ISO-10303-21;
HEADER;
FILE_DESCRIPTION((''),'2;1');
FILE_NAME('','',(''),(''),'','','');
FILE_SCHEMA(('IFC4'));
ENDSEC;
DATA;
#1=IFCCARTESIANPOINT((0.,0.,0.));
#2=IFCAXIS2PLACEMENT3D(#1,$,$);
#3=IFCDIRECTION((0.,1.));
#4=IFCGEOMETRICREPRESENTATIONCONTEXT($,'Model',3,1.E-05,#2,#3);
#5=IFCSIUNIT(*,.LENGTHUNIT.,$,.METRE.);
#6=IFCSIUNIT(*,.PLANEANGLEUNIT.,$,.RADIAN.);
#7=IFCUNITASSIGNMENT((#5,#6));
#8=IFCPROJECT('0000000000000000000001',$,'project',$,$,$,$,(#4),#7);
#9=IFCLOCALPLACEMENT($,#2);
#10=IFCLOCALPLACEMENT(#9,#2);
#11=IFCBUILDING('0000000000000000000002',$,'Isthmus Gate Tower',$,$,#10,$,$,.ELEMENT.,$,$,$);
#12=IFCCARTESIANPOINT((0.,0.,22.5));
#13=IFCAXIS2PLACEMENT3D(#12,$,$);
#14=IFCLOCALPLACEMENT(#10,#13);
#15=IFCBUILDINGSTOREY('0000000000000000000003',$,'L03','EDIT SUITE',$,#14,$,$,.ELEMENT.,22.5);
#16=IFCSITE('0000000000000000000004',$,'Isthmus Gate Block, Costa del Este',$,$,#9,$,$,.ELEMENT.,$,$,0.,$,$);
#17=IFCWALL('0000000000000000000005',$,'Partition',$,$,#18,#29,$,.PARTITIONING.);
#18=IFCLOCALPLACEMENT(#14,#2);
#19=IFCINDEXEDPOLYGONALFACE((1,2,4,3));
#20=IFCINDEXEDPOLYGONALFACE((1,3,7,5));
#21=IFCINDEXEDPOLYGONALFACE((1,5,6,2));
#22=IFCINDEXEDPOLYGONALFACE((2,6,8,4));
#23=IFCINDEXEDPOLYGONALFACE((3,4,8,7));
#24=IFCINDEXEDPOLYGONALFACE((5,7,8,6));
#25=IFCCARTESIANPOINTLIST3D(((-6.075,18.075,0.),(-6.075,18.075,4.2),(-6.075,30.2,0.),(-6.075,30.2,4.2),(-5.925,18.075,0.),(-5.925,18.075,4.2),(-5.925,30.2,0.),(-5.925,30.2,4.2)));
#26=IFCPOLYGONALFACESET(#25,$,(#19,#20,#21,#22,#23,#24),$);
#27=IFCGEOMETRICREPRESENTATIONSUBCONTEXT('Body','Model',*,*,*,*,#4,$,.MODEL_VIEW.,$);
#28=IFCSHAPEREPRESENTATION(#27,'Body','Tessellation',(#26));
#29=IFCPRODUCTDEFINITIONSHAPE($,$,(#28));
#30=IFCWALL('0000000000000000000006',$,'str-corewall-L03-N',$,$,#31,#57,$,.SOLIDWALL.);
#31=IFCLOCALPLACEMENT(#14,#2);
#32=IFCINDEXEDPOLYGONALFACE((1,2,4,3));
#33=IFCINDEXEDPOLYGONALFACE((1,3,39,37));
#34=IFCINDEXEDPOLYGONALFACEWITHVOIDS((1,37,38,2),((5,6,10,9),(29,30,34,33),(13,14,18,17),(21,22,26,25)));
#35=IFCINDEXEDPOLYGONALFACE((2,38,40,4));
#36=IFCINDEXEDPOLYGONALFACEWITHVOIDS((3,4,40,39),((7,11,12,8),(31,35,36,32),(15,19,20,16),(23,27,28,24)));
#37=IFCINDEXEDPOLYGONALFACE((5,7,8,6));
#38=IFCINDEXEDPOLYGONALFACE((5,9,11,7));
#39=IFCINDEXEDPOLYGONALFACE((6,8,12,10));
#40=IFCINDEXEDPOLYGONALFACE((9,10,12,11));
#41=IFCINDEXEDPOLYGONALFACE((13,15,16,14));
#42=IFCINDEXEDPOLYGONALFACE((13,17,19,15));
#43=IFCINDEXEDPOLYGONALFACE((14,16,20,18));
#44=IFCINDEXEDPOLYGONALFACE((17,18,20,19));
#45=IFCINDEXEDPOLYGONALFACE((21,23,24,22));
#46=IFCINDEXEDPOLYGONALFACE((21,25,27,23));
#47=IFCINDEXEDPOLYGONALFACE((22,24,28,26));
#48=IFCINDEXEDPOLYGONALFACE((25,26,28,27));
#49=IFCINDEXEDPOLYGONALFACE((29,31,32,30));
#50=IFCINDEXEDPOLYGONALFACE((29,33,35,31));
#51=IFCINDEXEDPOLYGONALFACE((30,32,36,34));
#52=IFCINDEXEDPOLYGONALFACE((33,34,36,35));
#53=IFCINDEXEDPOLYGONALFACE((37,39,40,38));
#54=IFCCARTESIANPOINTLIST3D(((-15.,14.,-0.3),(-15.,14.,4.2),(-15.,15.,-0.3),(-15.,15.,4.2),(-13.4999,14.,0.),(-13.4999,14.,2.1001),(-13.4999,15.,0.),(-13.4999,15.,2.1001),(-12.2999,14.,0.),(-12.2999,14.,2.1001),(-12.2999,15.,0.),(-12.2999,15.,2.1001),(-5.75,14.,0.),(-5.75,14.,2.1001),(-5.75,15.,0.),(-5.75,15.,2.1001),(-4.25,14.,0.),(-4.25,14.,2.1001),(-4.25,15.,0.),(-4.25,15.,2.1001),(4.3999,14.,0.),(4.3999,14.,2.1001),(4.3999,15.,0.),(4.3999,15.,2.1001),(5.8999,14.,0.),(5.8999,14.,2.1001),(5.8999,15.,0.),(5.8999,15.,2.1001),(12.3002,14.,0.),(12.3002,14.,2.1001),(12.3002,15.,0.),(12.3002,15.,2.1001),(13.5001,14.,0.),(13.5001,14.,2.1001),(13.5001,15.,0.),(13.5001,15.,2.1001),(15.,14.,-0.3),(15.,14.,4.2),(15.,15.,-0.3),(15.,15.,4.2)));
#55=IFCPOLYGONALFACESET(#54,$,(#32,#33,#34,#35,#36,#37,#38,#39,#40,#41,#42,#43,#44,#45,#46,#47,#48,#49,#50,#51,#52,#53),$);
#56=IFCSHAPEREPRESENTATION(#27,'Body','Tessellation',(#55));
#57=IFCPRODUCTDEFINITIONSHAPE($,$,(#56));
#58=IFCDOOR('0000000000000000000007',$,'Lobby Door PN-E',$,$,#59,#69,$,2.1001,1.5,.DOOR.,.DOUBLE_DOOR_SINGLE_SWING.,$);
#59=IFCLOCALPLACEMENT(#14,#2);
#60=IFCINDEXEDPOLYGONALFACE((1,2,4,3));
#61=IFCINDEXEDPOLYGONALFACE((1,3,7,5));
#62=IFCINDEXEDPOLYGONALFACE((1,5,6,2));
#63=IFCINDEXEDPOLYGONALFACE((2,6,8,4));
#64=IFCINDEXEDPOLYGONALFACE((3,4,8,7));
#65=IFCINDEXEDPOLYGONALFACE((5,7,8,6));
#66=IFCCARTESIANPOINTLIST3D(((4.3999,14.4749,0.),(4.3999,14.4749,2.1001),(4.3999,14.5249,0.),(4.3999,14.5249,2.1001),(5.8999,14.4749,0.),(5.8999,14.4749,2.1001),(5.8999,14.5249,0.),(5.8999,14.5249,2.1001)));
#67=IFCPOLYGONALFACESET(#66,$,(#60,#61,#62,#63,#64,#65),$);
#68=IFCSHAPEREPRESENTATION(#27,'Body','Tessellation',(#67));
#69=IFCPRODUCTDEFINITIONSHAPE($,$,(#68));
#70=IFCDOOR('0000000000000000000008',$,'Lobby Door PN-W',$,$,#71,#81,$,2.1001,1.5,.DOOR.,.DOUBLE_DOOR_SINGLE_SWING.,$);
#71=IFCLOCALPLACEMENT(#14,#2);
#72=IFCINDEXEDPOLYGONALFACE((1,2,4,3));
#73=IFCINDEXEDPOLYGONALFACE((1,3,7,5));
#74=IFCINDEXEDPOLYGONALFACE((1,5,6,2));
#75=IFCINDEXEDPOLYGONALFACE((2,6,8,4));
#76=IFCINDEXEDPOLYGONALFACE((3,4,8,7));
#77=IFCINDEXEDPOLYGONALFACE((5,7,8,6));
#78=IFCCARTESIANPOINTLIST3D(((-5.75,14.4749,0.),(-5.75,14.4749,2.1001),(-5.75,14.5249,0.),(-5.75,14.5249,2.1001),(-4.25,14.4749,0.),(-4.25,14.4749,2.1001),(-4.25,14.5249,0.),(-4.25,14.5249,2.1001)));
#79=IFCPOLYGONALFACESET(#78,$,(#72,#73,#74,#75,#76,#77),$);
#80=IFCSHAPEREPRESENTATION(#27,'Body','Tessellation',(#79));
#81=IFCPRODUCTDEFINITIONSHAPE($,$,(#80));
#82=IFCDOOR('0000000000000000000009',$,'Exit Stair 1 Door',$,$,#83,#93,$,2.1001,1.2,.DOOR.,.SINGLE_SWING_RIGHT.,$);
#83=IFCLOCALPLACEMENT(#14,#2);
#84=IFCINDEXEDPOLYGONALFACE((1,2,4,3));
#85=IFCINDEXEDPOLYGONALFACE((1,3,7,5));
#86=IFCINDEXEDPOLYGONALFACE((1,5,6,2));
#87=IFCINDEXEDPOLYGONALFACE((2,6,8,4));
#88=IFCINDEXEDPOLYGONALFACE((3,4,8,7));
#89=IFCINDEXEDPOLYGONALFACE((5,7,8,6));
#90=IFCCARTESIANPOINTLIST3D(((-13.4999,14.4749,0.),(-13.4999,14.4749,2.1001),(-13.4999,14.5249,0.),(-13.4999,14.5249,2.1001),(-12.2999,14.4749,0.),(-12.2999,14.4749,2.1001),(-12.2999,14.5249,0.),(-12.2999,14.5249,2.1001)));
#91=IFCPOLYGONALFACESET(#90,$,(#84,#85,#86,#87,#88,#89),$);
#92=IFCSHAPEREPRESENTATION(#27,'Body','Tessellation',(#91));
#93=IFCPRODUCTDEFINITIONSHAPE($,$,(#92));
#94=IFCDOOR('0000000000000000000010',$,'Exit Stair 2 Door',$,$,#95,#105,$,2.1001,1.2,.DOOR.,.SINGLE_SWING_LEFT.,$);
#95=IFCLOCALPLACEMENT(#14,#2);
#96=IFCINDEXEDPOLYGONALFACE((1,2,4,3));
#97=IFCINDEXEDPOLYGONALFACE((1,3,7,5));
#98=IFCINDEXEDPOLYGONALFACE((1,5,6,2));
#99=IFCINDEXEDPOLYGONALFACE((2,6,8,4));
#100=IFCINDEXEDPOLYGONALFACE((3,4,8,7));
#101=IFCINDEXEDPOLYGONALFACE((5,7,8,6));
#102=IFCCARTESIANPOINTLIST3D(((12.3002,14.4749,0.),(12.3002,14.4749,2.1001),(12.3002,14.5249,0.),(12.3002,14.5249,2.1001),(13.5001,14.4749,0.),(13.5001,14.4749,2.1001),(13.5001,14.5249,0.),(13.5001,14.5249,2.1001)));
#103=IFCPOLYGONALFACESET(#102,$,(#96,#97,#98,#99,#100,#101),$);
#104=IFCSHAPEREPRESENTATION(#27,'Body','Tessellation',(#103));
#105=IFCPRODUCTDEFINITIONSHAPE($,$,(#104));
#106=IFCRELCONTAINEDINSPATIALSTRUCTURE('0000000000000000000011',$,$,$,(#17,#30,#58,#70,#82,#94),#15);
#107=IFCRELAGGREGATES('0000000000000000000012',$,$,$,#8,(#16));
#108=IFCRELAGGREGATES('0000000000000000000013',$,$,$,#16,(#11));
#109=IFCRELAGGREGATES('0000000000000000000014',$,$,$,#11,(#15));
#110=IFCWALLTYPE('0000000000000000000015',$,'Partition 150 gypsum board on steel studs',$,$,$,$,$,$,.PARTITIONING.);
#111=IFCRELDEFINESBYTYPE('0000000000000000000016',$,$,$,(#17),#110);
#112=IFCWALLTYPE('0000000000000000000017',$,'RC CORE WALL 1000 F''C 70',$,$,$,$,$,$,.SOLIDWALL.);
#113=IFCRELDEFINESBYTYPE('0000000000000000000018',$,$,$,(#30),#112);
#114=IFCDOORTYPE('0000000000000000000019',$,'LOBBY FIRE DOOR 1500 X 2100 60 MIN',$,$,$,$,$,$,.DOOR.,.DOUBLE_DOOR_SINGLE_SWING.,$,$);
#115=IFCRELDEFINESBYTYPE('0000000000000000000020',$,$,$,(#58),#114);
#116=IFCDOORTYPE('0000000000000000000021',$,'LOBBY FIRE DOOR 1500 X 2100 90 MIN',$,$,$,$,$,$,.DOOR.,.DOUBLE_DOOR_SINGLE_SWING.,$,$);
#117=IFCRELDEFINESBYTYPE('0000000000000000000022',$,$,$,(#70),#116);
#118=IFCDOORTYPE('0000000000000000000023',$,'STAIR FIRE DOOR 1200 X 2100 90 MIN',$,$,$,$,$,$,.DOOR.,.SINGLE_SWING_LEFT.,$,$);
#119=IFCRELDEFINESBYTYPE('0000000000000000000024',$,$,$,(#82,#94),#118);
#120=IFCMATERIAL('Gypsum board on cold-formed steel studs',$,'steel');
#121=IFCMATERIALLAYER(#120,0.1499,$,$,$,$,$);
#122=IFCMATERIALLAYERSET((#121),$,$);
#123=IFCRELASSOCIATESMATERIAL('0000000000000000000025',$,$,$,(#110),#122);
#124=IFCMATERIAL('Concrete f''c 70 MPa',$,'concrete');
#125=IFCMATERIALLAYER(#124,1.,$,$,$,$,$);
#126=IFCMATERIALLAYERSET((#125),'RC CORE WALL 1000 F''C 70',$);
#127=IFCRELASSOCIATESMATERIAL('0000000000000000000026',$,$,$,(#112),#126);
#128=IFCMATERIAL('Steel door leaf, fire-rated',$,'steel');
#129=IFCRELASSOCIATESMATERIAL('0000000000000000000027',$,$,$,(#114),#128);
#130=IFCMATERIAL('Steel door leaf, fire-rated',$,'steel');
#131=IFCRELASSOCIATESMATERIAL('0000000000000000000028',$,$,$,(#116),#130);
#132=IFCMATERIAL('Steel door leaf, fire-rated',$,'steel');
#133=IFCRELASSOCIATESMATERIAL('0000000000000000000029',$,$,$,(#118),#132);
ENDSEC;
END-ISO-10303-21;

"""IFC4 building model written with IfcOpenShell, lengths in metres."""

from ifc_helpers import new_model, si_unit, direction, frame, frame_2d, origin, place, context, subcontext, project, spatial, rectangle, extrude, material, layer, layer_set, type_object, element, fill, save


model = new_model("IFC4")

# Units and contexts
model_context = context("Model", 3, precision=1e-05, world=origin(), true_north=direction((0.0, 1.0)))
body_context = subcontext(model_context, "Body", "Model", "MODEL_VIEW")
ifc_project = project(units=[si_unit("LENGTHUNIT", "METRE"), si_unit("PLANEANGLEUNIT", "RADIAN")], contexts=[model_context])

# Site, building, storey
site_placement = place(None, origin())
site = spatial("IfcSite", under=ifc_project, at=site_placement, Name="Isthmus Gate Block, Costa del Este", CompositionType="ELEMENT", RefElevation=0.0)
building_placement = place(site_placement, origin())
building = spatial("IfcBuilding", under=site, at=building_placement, Name="Isthmus Gate Tower", CompositionType="ELEMENT")
storey_placement = place(building_placement, frame((0.0, 0.0, 22.5)))
storey = spatial("IfcBuildingStorey", under=building, at=storey_placement, Name="L03", Description="EDIT SUITE", CompositionType="ELEMENT", Elevation=22.5)

# Shared definitions
ifc_material_1 = material(Name="Gypsum board on cold-formed steel studs", Category="steel")
ifc_layer_1 = layer(ifc_material_1, 0.1499)
ifc_layer_set_1 = layer_set([ifc_layer_1])
wall_type_1 = type_object("IfcWallType", Name="Partition 150 gypsum board on steel studs", PredefinedType="PARTITIONING", material=ifc_layer_set_1)

# Wall
wall_1_placement = place(storey_placement, frame((-6.0, 18.075, 0.0), z_axis=(0.0, 0.0, 1.0), x_axis=(0.0, 1.0, 0.0)))
element("IfcWall", 1, at=wall_1_placement, inside=storey, type_object=wall_type_1, Name="Partition", PredefinedType="PARTITIONING", context=body_context, shape_type="SweptSolid", body=[
    extrude(rectangle(XDim=12.125, YDim=0.1499, at=frame_2d((6.0625, 0.0))), origin(), (0.0, 0.0, 1.0), 4.2),
])

# Wall, openings, doors
ifc_material_2 = material(Name="Concrete f'c 70 MPa", Category="concrete")
ifc_layer_2 = layer(ifc_material_2, 1.0)
ifc_layer_set_2 = layer_set([ifc_layer_2], Name="RC CORE WALL 1000 F'C 70")
wall_type_2 = type_object("IfcWallType", Name="RC CORE WALL 1000 F'C 70", PredefinedType="SOLIDWALL", material=ifc_layer_set_2)
wall_2_placement = place(storey_placement, frame((-15.0, 14.5, -0.3), z_axis=(0.0, 0.0, 1.0), x_axis=(1.0, 0.0, 0.0)))
wall_2 = element("IfcWall", 2, at=wall_2_placement, inside=storey, type_object=wall_type_2, Name="str-corewall-L03-N", PredefinedType="SOLIDWALL", context=body_context, shape_type="SweptSolid", body=[
    extrude(rectangle(XDim=30.0, YDim=1.0, at=frame_2d((15.0, 0.0))), origin(), (0.0, 0.0, 1.0), 4.5),
])
opening_1_placement = place(wall_2_placement, frame((9.25, 0.0, 0.3)))
opening_1 = element("IfcOpeningElement", 3, at=opening_1_placement, cuts=wall_2, PredefinedType="OPENING", context=body_context, shape_type="SweptSolid", body=[
    extrude(rectangle(XDim=1.5, YDim=2.1001, at=frame_2d((0.75, 1.05))), frame((0.0, 0.51, 0.0), z_axis=(0.0, -1.0, 0.0), x_axis=(1.0, 0.0, 0.0)), (0.0, 0.0, 1.0), 1.02),
])
opening_2_placement = place(wall_2_placement, frame((19.3999, 0.0, 0.3)))
opening_2 = element("IfcOpeningElement", 4, at=opening_2_placement, cuts=wall_2, PredefinedType="OPENING", context=body_context, shape_type="SweptSolid", body=[
    extrude(rectangle(XDim=1.5, YDim=2.1001, at=frame_2d((0.75, 1.05))), frame((0.0, 0.51, 0.0), z_axis=(0.0, -1.0, 0.0), x_axis=(1.0, 0.0, 0.0)), (0.0, 0.0, 1.0), 1.02),
])
opening_3_placement = place(wall_2_placement, frame((1.5, 0.0, 0.3)))
opening_3 = element("IfcOpeningElement", 5, at=opening_3_placement, cuts=wall_2, PredefinedType="OPENING", context=body_context, shape_type="SweptSolid", body=[
    extrude(rectangle(XDim=1.2, YDim=2.1001, at=frame_2d((0.6001, 1.05))), frame((0.0, 0.51, 0.0), z_axis=(0.0, -1.0, 0.0), x_axis=(1.0, 0.0, 0.0)), (0.0, 0.0, 1.0), 1.02),
])
opening_4_placement = place(wall_2_placement, frame((27.3, 0.0, 0.3)))
opening_4 = element("IfcOpeningElement", 6, at=opening_4_placement, cuts=wall_2, PredefinedType="OPENING", context=body_context, shape_type="SweptSolid", body=[
    extrude(rectangle(XDim=1.2, YDim=2.1001, at=frame_2d((0.6001, 1.05))), frame((0.0, 0.51, 0.0), z_axis=(0.0, -1.0, 0.0), x_axis=(1.0, 0.0, 0.0)), (0.0, 0.0, 1.0), 1.02),
])
ifc_material_3 = material(Name="Steel door leaf, fire-rated", Category="steel")
door_type_1 = type_object("IfcDoorType", Name="LOBBY FIRE DOOR 1500 X 2100 60 MIN", OperationType="DOUBLE_DOOR_SINGLE_SWING", PredefinedType="DOOR", material=ifc_material_3)
door_1_placement = place(opening_2_placement, origin())
door_1 = element("IfcDoor", 7, at=door_1_placement, inside=storey, type_object=door_type_1, Name="Lobby Door PN-E", OperationType="DOUBLE_DOOR_SINGLE_SWING", OverallHeight=2.1001, OverallWidth=1.5, PredefinedType="DOOR", context=body_context, shape_type="SweptSolid", body=[
    extrude(rectangle(XDim=1.5, YDim=2.1001, at=frame_2d((0.75, 1.05))), frame((0.0, 0.0249, 0.0), z_axis=(0.0, -1.0, 0.0), x_axis=(1.0, 0.0, 0.0)), (0.0, 0.0, 1.0), 0.05),
])
fill(opening_2, door_1)
ifc_material_4 = material(Name="Steel door leaf, fire-rated", Category="steel")
door_type_2 = type_object("IfcDoorType", Name="LOBBY FIRE DOOR 1500 X 2100 90 MIN", OperationType="DOUBLE_DOOR_SINGLE_SWING", PredefinedType="DOOR", material=ifc_material_4)
door_2_placement = place(opening_1_placement, origin())
door_2 = element("IfcDoor", 8, at=door_2_placement, inside=storey, type_object=door_type_2, Name="Lobby Door PN-W", OperationType="DOUBLE_DOOR_SINGLE_SWING", OverallHeight=2.1001, OverallWidth=1.5, PredefinedType="DOOR", context=body_context, shape_type="SweptSolid", body=[
    extrude(rectangle(XDim=1.5, YDim=2.1001, at=frame_2d((0.75, 1.05))), frame((0.0, 0.0249, 0.0), z_axis=(0.0, -1.0, 0.0), x_axis=(1.0, 0.0, 0.0)), (0.0, 0.0, 1.0), 0.05),
])
fill(opening_1, door_2)
ifc_material_5 = material(Name="Steel door leaf, fire-rated", Category="steel")
door_type_3 = type_object("IfcDoorType", Name="STAIR FIRE DOOR 1200 X 2100 90 MIN", OperationType="SINGLE_SWING_LEFT", PredefinedType="DOOR", material=ifc_material_5)
door_3_placement = place(opening_3_placement, origin())
door_3 = element("IfcDoor", 9, at=door_3_placement, inside=storey, type_object=door_type_3, Name="Exit Stair 1 Door", OperationType="SINGLE_SWING_RIGHT", OverallHeight=2.1001, OverallWidth=1.2, PredefinedType="DOOR", context=body_context, shape_type="SweptSolid", body=[
    extrude(rectangle(XDim=1.2, YDim=2.1001, at=frame_2d((0.6001, 1.05))), frame((0.0, 0.0249, 0.0), z_axis=(0.0, -1.0, 0.0), x_axis=(1.0, 0.0, 0.0)), (0.0, 0.0, 1.0), 0.05),
])
fill(opening_3, door_3)
door_4_placement = place(opening_4_placement, origin())
door_4 = element("IfcDoor", 10, at=door_4_placement, inside=storey, type_object=door_type_3, Name="Exit Stair 2 Door", OperationType="SINGLE_SWING_LEFT", OverallHeight=2.1001, OverallWidth=1.2, PredefinedType="DOOR", context=body_context, shape_type="SweptSolid", body=[
    extrude(rectangle(XDim=1.2, YDim=2.1001, at=frame_2d((0.6001, 1.05))), frame((0.0, 0.0249, 0.0), z_axis=(0.0, -1.0, 0.0), x_axis=(1.0, 0.0, 0.0)), (0.0, 0.0, 1.0), 0.05),
])
fill(opening_4, door_4)

save(model, "model.ifc")
